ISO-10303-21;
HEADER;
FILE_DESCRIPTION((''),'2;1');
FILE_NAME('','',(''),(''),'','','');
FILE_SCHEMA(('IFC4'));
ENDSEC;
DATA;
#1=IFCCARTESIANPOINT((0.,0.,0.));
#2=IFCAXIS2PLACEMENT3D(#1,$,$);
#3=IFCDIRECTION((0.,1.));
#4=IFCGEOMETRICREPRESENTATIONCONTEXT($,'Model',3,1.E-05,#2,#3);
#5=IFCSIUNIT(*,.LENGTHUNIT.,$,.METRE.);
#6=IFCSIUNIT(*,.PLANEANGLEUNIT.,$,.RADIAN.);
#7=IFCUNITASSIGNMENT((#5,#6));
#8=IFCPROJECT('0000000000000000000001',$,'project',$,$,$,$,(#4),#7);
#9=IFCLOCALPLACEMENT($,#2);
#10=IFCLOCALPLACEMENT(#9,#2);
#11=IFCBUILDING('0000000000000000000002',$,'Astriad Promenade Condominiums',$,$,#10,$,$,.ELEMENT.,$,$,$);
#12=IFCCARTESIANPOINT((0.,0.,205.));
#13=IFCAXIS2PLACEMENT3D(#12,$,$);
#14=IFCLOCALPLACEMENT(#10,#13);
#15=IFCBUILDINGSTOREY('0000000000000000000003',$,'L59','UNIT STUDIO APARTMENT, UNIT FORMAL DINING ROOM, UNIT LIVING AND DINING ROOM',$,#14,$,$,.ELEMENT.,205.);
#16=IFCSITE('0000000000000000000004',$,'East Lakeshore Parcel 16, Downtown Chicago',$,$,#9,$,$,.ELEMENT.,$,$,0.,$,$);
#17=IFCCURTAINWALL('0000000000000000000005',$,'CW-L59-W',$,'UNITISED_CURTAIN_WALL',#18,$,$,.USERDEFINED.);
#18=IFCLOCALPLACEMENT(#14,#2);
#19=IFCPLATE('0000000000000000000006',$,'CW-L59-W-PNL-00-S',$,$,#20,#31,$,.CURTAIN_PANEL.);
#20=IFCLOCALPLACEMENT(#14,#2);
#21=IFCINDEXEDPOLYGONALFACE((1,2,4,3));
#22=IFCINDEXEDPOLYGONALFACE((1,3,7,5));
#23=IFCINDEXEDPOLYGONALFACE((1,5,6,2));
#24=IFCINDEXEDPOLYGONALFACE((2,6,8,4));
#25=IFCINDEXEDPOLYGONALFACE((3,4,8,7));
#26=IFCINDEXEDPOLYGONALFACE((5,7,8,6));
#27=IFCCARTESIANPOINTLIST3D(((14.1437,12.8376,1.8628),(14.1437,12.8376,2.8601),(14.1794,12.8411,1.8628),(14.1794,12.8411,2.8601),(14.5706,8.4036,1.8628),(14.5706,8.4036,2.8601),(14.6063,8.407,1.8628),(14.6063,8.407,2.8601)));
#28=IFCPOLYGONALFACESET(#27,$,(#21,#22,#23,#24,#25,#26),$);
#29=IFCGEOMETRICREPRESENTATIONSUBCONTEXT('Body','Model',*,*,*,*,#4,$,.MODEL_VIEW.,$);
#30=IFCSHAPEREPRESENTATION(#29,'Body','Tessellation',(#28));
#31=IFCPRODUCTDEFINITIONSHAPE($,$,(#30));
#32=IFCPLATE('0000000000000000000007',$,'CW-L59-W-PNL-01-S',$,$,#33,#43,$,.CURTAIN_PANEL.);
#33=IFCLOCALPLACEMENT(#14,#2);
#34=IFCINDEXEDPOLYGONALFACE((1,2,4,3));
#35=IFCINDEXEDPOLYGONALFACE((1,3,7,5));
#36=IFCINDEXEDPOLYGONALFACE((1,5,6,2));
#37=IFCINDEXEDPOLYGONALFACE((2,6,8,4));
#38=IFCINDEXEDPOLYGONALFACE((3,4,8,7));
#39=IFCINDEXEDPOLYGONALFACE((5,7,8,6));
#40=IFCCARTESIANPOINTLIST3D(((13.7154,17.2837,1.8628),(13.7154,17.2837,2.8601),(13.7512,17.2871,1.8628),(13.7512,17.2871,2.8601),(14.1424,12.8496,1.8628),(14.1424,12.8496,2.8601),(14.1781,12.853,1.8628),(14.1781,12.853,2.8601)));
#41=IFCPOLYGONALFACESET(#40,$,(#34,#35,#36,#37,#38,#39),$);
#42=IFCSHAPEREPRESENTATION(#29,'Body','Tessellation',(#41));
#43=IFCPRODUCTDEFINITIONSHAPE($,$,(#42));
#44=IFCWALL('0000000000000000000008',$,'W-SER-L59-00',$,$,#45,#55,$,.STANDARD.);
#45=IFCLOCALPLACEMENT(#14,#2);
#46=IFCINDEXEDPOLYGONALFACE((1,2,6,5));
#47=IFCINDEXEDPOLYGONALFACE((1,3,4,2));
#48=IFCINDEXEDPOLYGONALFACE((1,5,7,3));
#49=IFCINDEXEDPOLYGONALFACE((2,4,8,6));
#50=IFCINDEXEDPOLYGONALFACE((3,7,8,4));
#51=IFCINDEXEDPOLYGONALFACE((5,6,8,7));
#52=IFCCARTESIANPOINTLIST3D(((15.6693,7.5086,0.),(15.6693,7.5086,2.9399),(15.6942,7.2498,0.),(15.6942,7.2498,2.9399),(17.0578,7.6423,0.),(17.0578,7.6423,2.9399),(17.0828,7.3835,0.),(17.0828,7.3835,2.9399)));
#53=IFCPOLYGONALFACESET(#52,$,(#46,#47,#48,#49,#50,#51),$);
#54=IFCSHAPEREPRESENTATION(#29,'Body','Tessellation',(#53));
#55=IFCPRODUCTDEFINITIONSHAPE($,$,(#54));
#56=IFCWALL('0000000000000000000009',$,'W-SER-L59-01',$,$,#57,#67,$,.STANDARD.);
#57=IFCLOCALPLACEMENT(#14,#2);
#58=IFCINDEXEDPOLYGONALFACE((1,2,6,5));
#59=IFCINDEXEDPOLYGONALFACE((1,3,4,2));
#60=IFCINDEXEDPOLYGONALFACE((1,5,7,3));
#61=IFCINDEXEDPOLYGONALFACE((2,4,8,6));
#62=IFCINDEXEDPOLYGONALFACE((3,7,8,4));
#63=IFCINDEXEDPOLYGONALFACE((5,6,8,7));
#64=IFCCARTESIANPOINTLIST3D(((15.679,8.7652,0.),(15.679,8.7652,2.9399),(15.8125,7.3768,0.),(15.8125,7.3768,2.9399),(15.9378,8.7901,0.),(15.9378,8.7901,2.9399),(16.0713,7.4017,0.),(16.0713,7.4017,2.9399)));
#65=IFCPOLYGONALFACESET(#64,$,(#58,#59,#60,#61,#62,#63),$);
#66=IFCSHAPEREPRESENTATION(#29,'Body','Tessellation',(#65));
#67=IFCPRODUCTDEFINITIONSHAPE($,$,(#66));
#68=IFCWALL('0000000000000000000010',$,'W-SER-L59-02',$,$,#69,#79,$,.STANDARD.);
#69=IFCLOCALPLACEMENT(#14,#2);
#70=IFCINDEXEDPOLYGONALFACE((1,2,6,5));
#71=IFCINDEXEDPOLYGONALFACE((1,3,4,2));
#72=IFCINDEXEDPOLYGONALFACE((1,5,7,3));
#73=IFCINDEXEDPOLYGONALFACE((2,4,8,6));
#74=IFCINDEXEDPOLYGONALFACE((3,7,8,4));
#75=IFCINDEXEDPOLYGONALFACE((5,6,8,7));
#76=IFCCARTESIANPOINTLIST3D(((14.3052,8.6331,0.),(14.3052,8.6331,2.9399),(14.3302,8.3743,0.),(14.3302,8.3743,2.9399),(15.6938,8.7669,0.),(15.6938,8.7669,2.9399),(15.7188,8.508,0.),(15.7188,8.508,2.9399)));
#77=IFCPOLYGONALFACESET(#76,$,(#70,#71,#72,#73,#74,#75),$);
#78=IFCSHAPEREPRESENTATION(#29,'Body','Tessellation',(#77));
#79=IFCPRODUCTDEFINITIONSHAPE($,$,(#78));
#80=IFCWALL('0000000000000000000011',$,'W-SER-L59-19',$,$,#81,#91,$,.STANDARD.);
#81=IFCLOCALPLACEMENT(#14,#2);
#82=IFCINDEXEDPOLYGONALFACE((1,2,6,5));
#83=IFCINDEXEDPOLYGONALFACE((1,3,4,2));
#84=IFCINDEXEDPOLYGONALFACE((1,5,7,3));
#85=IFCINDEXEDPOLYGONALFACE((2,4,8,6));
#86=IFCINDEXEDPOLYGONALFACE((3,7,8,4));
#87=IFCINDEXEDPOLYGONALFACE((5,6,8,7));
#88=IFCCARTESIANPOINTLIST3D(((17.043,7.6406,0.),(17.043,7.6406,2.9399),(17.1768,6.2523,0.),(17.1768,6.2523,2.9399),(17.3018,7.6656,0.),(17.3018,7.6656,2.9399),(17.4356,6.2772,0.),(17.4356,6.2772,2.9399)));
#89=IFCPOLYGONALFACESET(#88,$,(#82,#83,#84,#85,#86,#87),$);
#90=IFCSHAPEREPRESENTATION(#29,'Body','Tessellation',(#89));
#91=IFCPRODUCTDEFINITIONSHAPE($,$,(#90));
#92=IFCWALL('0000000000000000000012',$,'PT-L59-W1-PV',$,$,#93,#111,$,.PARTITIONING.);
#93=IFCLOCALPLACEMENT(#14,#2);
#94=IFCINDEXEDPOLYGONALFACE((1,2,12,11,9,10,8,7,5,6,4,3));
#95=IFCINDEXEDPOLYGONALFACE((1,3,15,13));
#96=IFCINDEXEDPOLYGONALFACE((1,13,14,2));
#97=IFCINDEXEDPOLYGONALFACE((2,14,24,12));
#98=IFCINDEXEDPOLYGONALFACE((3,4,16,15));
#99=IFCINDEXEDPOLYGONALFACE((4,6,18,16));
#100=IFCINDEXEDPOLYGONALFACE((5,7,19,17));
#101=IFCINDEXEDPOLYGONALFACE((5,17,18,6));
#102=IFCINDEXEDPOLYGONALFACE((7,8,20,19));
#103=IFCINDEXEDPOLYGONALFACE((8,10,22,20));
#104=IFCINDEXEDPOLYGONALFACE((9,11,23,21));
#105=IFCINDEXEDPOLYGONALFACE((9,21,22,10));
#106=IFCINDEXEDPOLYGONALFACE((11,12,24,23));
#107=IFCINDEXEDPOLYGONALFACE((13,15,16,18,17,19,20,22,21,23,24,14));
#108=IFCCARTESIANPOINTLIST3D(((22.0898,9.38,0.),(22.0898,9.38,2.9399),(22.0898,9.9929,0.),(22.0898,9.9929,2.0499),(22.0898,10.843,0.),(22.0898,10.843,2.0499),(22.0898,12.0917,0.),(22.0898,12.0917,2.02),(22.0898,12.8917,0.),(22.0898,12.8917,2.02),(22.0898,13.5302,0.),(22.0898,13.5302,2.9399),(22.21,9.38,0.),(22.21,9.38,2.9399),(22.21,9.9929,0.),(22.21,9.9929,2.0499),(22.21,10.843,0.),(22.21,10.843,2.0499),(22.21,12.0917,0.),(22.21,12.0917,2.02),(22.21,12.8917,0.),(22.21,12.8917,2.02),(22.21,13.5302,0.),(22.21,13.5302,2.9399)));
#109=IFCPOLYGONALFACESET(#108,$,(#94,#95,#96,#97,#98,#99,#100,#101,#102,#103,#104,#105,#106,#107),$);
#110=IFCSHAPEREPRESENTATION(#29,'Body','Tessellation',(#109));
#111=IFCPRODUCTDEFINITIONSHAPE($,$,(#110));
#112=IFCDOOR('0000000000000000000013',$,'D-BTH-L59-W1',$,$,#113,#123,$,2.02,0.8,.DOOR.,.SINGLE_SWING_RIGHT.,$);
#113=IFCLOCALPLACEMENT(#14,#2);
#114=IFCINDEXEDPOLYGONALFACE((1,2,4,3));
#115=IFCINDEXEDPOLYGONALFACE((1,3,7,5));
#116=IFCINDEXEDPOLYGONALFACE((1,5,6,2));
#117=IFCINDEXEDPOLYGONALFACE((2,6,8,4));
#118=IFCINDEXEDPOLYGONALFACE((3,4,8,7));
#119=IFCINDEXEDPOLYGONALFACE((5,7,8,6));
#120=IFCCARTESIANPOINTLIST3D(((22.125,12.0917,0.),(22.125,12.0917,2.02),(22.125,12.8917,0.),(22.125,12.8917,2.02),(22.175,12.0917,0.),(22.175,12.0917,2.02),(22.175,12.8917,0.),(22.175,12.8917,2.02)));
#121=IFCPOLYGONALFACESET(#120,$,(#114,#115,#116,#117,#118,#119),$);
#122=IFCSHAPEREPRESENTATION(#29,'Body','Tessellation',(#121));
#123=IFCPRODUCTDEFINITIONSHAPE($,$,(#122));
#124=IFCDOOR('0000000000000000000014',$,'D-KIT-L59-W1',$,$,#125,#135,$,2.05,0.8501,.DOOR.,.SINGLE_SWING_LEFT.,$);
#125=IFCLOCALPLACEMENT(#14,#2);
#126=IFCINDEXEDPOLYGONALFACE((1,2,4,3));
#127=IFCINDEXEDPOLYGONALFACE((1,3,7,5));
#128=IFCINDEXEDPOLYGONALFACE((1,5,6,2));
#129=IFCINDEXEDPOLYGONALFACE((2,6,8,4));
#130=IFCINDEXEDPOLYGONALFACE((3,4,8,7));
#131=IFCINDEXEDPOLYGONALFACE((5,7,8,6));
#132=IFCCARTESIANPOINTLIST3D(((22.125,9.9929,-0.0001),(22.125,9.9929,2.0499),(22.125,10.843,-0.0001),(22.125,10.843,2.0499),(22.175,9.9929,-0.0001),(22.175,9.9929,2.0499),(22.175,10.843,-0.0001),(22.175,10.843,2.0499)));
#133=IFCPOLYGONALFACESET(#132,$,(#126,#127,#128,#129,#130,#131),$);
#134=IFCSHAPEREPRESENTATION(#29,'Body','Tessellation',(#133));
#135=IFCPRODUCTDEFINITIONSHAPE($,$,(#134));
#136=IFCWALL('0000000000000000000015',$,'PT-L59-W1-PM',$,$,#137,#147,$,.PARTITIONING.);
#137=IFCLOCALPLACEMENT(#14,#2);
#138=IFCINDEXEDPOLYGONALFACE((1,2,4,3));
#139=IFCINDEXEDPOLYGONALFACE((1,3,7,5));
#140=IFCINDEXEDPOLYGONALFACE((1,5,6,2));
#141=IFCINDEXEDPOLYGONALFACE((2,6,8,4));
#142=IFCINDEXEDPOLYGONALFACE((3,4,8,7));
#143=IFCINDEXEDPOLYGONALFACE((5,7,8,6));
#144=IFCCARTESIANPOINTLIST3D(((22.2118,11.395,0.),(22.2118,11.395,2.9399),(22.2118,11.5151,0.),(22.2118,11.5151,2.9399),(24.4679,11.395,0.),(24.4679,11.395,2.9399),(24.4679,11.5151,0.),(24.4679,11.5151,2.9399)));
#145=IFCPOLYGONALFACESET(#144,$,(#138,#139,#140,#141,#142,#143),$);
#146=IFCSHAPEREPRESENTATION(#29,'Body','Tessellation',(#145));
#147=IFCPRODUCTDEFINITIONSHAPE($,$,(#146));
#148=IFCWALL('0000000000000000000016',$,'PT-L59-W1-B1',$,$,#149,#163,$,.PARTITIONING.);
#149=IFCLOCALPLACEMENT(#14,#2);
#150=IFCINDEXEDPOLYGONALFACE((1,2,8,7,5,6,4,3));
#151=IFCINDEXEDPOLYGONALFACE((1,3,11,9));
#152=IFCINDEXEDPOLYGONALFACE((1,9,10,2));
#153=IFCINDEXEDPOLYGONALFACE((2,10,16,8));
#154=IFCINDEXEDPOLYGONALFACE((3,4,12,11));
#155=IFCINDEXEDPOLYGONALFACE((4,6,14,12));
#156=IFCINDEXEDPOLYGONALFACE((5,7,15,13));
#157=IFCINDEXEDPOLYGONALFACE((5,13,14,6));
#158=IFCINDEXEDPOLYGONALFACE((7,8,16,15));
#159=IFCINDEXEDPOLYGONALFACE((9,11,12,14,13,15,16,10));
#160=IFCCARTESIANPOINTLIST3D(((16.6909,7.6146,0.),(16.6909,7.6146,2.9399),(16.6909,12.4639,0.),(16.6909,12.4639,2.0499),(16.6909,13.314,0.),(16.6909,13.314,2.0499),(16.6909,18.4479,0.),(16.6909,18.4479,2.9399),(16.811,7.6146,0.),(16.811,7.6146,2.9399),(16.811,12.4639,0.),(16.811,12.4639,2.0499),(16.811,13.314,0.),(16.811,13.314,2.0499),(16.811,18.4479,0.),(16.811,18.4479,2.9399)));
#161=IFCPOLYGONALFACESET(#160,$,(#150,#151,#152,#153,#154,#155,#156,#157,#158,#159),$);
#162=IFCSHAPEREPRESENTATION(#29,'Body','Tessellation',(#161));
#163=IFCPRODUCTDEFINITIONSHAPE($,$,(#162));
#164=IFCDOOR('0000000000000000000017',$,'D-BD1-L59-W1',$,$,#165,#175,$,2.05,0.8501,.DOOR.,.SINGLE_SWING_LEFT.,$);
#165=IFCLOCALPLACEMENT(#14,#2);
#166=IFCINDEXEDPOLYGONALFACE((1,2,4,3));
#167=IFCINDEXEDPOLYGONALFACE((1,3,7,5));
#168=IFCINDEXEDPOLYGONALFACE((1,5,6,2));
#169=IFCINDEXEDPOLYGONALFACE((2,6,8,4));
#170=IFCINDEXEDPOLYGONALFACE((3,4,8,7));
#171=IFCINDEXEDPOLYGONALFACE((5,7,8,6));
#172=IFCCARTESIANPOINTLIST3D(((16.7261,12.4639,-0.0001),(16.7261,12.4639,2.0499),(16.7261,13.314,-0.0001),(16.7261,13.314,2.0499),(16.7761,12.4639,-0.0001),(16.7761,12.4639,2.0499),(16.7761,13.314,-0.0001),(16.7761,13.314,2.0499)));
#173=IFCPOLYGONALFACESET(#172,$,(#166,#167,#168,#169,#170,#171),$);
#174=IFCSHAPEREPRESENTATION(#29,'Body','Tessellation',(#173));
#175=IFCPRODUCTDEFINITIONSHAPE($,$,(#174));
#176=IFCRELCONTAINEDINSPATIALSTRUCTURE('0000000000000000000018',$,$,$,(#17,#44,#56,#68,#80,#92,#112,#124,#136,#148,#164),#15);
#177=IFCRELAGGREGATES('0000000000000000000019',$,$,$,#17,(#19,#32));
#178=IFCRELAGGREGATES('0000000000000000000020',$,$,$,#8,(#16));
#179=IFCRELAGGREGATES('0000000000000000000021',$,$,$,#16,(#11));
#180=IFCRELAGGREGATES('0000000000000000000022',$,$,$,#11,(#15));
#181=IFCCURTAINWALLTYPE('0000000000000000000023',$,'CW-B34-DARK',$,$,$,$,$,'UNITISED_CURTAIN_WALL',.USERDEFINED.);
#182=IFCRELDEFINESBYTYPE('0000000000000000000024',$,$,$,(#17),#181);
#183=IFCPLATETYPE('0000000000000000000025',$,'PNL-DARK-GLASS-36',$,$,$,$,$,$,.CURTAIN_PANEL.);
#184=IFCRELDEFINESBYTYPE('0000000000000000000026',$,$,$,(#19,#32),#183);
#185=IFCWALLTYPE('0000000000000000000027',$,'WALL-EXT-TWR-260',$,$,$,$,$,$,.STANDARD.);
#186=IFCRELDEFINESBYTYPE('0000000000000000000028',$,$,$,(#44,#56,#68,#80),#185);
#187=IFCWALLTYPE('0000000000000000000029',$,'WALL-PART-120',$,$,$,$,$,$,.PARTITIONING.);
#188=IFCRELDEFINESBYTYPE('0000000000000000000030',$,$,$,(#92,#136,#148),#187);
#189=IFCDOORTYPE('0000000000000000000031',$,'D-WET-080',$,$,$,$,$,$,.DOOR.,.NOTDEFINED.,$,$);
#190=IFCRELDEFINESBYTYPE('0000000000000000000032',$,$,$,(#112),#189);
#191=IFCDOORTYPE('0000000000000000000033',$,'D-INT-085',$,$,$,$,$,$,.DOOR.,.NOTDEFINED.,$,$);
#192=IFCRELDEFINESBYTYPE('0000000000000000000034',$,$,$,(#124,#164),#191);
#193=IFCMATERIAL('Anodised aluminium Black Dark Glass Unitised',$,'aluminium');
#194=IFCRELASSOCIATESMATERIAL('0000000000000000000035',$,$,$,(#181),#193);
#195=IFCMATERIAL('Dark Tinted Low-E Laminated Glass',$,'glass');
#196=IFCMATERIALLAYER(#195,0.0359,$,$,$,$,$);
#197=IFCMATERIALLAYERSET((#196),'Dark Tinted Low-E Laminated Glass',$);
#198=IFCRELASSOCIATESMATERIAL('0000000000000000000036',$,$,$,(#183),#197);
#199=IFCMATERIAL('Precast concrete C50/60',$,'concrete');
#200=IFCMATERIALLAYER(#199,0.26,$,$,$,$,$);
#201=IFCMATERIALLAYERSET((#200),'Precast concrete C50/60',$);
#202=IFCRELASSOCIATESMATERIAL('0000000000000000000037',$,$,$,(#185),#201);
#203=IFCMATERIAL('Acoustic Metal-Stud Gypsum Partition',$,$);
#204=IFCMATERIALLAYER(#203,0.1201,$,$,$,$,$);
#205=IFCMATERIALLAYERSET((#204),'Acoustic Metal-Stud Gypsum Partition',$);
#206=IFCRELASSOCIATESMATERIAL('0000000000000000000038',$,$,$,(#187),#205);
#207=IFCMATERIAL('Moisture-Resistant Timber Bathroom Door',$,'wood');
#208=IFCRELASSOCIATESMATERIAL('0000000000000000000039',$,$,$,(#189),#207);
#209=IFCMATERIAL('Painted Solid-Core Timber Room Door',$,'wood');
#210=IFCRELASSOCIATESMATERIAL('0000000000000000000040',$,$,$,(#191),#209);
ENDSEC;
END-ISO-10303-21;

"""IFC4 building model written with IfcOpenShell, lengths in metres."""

from ifc_helpers import new_model, si_unit, direction, frame, frame_2d, origin, origin_2d, place, context, subcontext, project, spatial, rectangle, extrude, source, transform, mapped, material, layer, layer_set, type_object, type_shapes, element, fill, aggregate, save


model = new_model("IFC4")

# Units and contexts
model_context = context("Model", 3, precision=1e-05, world=origin(), true_north=direction((0.0, 1.0)))
body_context = subcontext(model_context, "Body", "Model", "MODEL_VIEW")
ifc_project = project(units=[si_unit("LENGTHUNIT", "METRE"), si_unit("PLANEANGLEUNIT", "RADIAN")], contexts=[model_context])

# Site, building, storey
site_placement = place(None, origin())
site = spatial("IfcSite", under=ifc_project, at=site_placement, Name="East Lakeshore Parcel 16, Downtown Chicago", CompositionType="ELEMENT", RefElevation=0.0)
building_placement = place(site_placement, origin())
building = spatial("IfcBuilding", under=site, at=building_placement, Name="Astriad Promenade Condominiums", CompositionType="ELEMENT")
storey_placement = place(building_placement, frame((0.0, 0.0, 205.0)))
storey = spatial("IfcBuildingStorey", under=building, at=storey_placement, Name="L59", Description="UNIT STUDIO APARTMENT, UNIT FORMAL DINING ROOM, UNIT LIVING AND DINING ROOM", CompositionType="ELEMENT", Elevation=205.0)

# Curtain wall
ifc_material_1 = material(Name="Anodised aluminium Black Dark Glass Unitised", Category="aluminium")
curtain_wall_type = type_object("IfcCurtainWallType", Name="CW-B34-DARK", ElementType="UNITISED_CURTAIN_WALL", PredefinedType="USERDEFINED", material=ifc_material_1)
curtain_wall_placement = place(storey_placement, origin())
curtain_wall = element("IfcCurtainWall", 1, at=curtain_wall_placement, inside=storey, type_object=curtain_wall_type, Name="CW-L59-W", ObjectType="UNITISED_CURTAIN_WALL", PredefinedType="USERDEFINED")

# Shared definitions
ifc_material_2 = material(Name="Precast concrete C50/60", Category="concrete")

# Plates
ifc_material_3 = material(Name="Dark Tinted Low-E Laminated Glass", Category="glass")
ifc_layer_1 = layer(ifc_material_3, 0.0359)
ifc_layer_set_1 = layer_set([ifc_layer_1], Name="Dark Tinted Low-E Laminated Glass")
plate_type = type_object("IfcPlateType", Name="PNL-DARK-GLASS-36", PredefinedType="CURTAIN_PANEL", material=ifc_layer_set_1)
shared_shape_1 = source(origin(), body_context, "Body", "SweptSolid", [
    extrude(rectangle(XDim=4.4546, YDim=0.0359, at=origin_2d()), origin(), (0.0, 0.0, 1.0), 0.9973),
])
plate_1_placement = place(storey_placement, frame((14.375, 10.6223, 1.8628), z_axis=(0.0, 0.0, 1.0), x_axis=(-0.095846, 0.995396, 0.0)))
plate_1 = element("IfcPlate", 2, at=plate_1_placement, type_object=plate_type, Name="CW-L59-W-PNL-00-S", PredefinedType="CURTAIN_PANEL", context=body_context, shape_type="MappedRepresentation", body=[
    mapped(shared_shape_1, transform((0.0, 0.0, 0.0), scale=1.0)),
])
plate_2_placement = place(storey_placement, frame((13.9468, 15.0684, 1.8628), z_axis=(0.0, 0.0, 1.0), x_axis=(-0.095846, 0.995396, 0.0)))
plate_2 = element("IfcPlate", 3, at=plate_2_placement, type_object=plate_type, Name="CW-L59-W-PNL-01-S", PredefinedType="CURTAIN_PANEL", context=body_context, shape_type="MappedRepresentation", body=[
    mapped(shared_shape_1, transform((0.0, 0.0, 0.0), scale=1.0)),
])
aggregate(curtain_wall, [plate_1, plate_2])

# Walls
ifc_layer_2 = layer(ifc_material_2, 0.26)
ifc_layer_set_2 = layer_set([ifc_layer_2], Name="Precast concrete C50/60")
wall_type_1 = type_object("IfcWallType", Name="WALL-EXT-TWR-260", PredefinedType="STANDARD", material=ifc_layer_set_2)
wall_1_placement = place(storey_placement, frame((17.0703, 7.5129, 0.0), z_axis=(0.0, 0.0, 1.0), x_axis=(-0.995391, -0.095899, 0.0)))
element("IfcWall", 4, at=wall_1_placement, inside=storey, type_object=wall_type_1, Name="W-SER-L59-00", PredefinedType="STANDARD", context=body_context, shape_type="SweptSolid", body=[
    extrude(rectangle(XDim=1.395, YDim=0.26, at=frame_2d((0.6975, 0.0))), origin(), (0.0, 0.0, 1.0), 2.9399),
])
wall_2_placement = place(storey_placement, frame((15.9419, 7.3894, 0.0), z_axis=(0.0, 0.0, 1.0), x_axis=(-0.095742, 0.995406, 0.0)))
element("IfcWall", 5, at=wall_2_placement, inside=storey, type_object=wall_type_1, Name="W-SER-L59-01", PredefinedType="STANDARD", context=body_context, shape_type="SweptSolid", body=[
    extrude(rectangle(XDim=1.3948, YDim=0.26, at=frame_2d((0.6973, 0.0))), origin(), (0.0, 0.0, 1.0), 2.9399),
])
wall_3_placement = place(storey_placement, frame((15.7063, 8.6375, 0.0), z_axis=(0.0, 0.0, 1.0), x_axis=(-0.995391, -0.095899, 0.0)))
element("IfcWall", 6, at=wall_3_placement, inside=storey, type_object=wall_type_1, Name="W-SER-L59-02", PredefinedType="STANDARD", context=body_context, shape_type="SweptSolid", body=[
    extrude(rectangle(XDim=1.395, YDim=0.26, at=frame_2d((0.6975, 0.0))), origin(), (0.0, 0.0, 1.0), 2.9399),
])
wall_4_placement = place(storey_placement, frame((17.3062, 6.2649, 0.0), z_axis=(0.0, 0.0, 1.0), x_axis=(-0.095916, 0.995389, 0.0)))
element("IfcWall", 7, at=wall_4_placement, inside=storey, type_object=wall_type_1, Name="W-SER-L59-19", PredefinedType="STANDARD", context=body_context, shape_type="SweptSolid", body=[
    extrude(rectangle(XDim=1.3948, YDim=0.26, at=frame_2d((0.6973, 0.0))), origin(), (0.0, 0.0, 1.0), 2.9399),
])

# Wall, openings, doors
ifc_material_4 = material(Name="Acoustic Metal-Stud Gypsum Partition")
ifc_layer_3 = layer(ifc_material_4, 0.1201)
ifc_layer_set_3 = layer_set([ifc_layer_3], Name="Acoustic Metal-Stud Gypsum Partition")
wall_type_2 = type_object("IfcWallType", Name="WALL-PART-120", PredefinedType="PARTITIONING", material=ifc_layer_set_3)
wall_5_placement = place(storey_placement, frame((22.1499, 9.3799, 0.0), z_axis=(0.0, 0.0, 1.0), x_axis=(0.0, 1.0, 0.0)))
wall_5 = element("IfcWall", 8, at=wall_5_placement, inside=storey, type_object=wall_type_2, Name="PT-L59-W1-PV", PredefinedType="PARTITIONING", context=body_context, shape_type="SweptSolid", body=[
    extrude(rectangle(XDim=4.1501, YDim=0.1201, at=frame_2d((2.0752, 0.0))), origin(), (0.0, 0.0, 1.0), 2.9399),
])
opening_1_placement = place(wall_5_placement, frame((0.613, 0.0, 0.0)))
opening_1 = element("IfcOpeningElement", 9, at=opening_1_placement, cuts=wall_5, PredefinedType="OPENING", context=body_context, shape_type="SweptSolid", body=[
    extrude(rectangle(XDim=0.8501, YDim=2.05, at=frame_2d((0.425, 1.0249))), frame((0.0, 0.0701, 0.0), z_axis=(0.0, -1.0, 0.0), x_axis=(1.0, 0.0, 0.0)), (0.0, 0.0, 1.0), 0.1401),
])
opening_2_placement = place(wall_5_placement, frame((2.7119, 0.0, 0.0)))
opening_2 = element("IfcOpeningElement", 10, at=opening_2_placement, cuts=wall_5, PredefinedType="OPENING", context=body_context, shape_type="SweptSolid", body=[
    extrude(rectangle(XDim=0.8, YDim=2.02, at=frame_2d((0.3999, 1.01))), frame((0.0, 0.0701, 0.0), z_axis=(0.0, -1.0, 0.0), x_axis=(1.0, 0.0, 0.0)), (0.0, 0.0, 1.0), 0.1401),
])
ifc_material_5 = material(Name="Moisture-Resistant Timber Bathroom Door", Category="wood")
door_type_1 = type_object("IfcDoorType", Name="D-WET-080", OperationType="NOTDEFINED", PredefinedType="DOOR", material=ifc_material_5)
shared_shape_2 = source(origin(), body_context, "Body", "SweptSolid", [
    extrude(rectangle(XDim=0.8, YDim=2.02, at=frame_2d((0.3999, 1.01))), frame((0.0, 0.0249, 0.0), z_axis=(0.0, -1.0, 0.0), x_axis=(1.0, 0.0, 0.0)), (0.0, 0.0, 1.0), 0.05),
])
type_shapes(door_type_1, [shared_shape_2])
door_1_placement = place(opening_2_placement, origin())
door_1 = element("IfcDoor", 11, at=door_1_placement, inside=storey, type_object=door_type_1, Name="D-BTH-L59-W1", OperationType="SINGLE_SWING_RIGHT", OverallHeight=2.02, OverallWidth=0.8, PredefinedType="DOOR", context=body_context, shape_type="MappedRepresentation", body=[
    mapped(shared_shape_2, transform((0.0, 0.0, 0.0), scale=1.0)),
])
fill(opening_2, door_1)
ifc_material_6 = material(Name="Painted Solid-Core Timber Room Door", Category="wood")
door_type_2 = type_object("IfcDoorType", Name="D-INT-085", OperationType="NOTDEFINED", PredefinedType="DOOR", material=ifc_material_6)
shared_shape_3 = source(origin(), body_context, "Body", "SweptSolid", [
    extrude(rectangle(XDim=0.8501, YDim=2.05, at=frame_2d((0.425, 1.0249))), frame((0.0, 0.0249, 0.0), z_axis=(0.0, -1.0, 0.0), x_axis=(1.0, 0.0, 0.0)), (0.0, 0.0, 1.0), 0.05),
])
type_shapes(door_type_2, [shared_shape_3])
door_2_placement = place(opening_1_placement, origin())
door_2 = element("IfcDoor", 12, at=door_2_placement, inside=storey, type_object=door_type_2, Name="D-KIT-L59-W1", OperationType="SINGLE_SWING_LEFT", OverallHeight=2.05, OverallWidth=0.8501, PredefinedType="DOOR", context=body_context, shape_type="MappedRepresentation", body=[
    mapped(shared_shape_3, transform((0.0, 0.0, 0.0), scale=1.0)),
])
fill(opening_1, door_2)

# Wall
wall_6_placement = place(storey_placement, frame((22.2119, 11.4551, 0.0), z_axis=(0.0, 0.0, 1.0), x_axis=(1.0, 0.0, 0.0)))
element("IfcWall", 13, at=wall_6_placement, inside=storey, type_object=wall_type_2, Name="PT-L59-W1-PM", PredefinedType="PARTITIONING", context=body_context, shape_type="SweptSolid", body=[
    extrude(rectangle(XDim=2.2561, YDim=0.1201, at=frame_2d((1.1279, 0.0))), origin(), (0.0, 0.0, 1.0), 2.9399),
])

# Wall, opening, door
wall_7_placement = place(storey_placement, frame((16.751, 7.6147, 0.0), z_axis=(0.0, 0.0, 1.0), x_axis=(0.0, 1.0, 0.0)))
wall_7 = element("IfcWall", 14, at=wall_7_placement, inside=storey, type_object=wall_type_2, Name="PT-L59-W1-B1", PredefinedType="PARTITIONING", context=body_context, shape_type="SweptSolid", body=[
    extrude(rectangle(XDim=10.8333, YDim=0.1201, at=frame_2d((5.4165, 0.0))), origin(), (0.0, 0.0, 1.0), 2.9399),
])
opening_3_placement = place(wall_7_placement, frame((4.8491, 0.0, 0.0)))
opening_3 = element("IfcOpeningElement", 15, at=opening_3_placement, cuts=wall_7, PredefinedType="OPENING", context=body_context, shape_type="SweptSolid", body=[
    extrude(rectangle(XDim=0.8501, YDim=2.05, at=frame_2d((0.425, 1.0249))), frame((0.0, 0.0701, 0.0), z_axis=(0.0, -1.0, 0.0), x_axis=(1.0, 0.0, 0.0)), (0.0, 0.0, 1.0), 0.1401),
])
door_3_placement = place(opening_3_placement, origin())
door_3 = element("IfcDoor", 16, at=door_3_placement, inside=storey, type_object=door_type_2, Name="D-BD1-L59-W1", OperationType="SINGLE_SWING_LEFT", OverallHeight=2.05, OverallWidth=0.8501, PredefinedType="DOOR", context=body_context, shape_type="MappedRepresentation", body=[
    mapped(shared_shape_3, transform((0.0, 0.0, 0.0), scale=1.0)),
])
fill(opening_3, door_3)

save(model, "model.ifc")
